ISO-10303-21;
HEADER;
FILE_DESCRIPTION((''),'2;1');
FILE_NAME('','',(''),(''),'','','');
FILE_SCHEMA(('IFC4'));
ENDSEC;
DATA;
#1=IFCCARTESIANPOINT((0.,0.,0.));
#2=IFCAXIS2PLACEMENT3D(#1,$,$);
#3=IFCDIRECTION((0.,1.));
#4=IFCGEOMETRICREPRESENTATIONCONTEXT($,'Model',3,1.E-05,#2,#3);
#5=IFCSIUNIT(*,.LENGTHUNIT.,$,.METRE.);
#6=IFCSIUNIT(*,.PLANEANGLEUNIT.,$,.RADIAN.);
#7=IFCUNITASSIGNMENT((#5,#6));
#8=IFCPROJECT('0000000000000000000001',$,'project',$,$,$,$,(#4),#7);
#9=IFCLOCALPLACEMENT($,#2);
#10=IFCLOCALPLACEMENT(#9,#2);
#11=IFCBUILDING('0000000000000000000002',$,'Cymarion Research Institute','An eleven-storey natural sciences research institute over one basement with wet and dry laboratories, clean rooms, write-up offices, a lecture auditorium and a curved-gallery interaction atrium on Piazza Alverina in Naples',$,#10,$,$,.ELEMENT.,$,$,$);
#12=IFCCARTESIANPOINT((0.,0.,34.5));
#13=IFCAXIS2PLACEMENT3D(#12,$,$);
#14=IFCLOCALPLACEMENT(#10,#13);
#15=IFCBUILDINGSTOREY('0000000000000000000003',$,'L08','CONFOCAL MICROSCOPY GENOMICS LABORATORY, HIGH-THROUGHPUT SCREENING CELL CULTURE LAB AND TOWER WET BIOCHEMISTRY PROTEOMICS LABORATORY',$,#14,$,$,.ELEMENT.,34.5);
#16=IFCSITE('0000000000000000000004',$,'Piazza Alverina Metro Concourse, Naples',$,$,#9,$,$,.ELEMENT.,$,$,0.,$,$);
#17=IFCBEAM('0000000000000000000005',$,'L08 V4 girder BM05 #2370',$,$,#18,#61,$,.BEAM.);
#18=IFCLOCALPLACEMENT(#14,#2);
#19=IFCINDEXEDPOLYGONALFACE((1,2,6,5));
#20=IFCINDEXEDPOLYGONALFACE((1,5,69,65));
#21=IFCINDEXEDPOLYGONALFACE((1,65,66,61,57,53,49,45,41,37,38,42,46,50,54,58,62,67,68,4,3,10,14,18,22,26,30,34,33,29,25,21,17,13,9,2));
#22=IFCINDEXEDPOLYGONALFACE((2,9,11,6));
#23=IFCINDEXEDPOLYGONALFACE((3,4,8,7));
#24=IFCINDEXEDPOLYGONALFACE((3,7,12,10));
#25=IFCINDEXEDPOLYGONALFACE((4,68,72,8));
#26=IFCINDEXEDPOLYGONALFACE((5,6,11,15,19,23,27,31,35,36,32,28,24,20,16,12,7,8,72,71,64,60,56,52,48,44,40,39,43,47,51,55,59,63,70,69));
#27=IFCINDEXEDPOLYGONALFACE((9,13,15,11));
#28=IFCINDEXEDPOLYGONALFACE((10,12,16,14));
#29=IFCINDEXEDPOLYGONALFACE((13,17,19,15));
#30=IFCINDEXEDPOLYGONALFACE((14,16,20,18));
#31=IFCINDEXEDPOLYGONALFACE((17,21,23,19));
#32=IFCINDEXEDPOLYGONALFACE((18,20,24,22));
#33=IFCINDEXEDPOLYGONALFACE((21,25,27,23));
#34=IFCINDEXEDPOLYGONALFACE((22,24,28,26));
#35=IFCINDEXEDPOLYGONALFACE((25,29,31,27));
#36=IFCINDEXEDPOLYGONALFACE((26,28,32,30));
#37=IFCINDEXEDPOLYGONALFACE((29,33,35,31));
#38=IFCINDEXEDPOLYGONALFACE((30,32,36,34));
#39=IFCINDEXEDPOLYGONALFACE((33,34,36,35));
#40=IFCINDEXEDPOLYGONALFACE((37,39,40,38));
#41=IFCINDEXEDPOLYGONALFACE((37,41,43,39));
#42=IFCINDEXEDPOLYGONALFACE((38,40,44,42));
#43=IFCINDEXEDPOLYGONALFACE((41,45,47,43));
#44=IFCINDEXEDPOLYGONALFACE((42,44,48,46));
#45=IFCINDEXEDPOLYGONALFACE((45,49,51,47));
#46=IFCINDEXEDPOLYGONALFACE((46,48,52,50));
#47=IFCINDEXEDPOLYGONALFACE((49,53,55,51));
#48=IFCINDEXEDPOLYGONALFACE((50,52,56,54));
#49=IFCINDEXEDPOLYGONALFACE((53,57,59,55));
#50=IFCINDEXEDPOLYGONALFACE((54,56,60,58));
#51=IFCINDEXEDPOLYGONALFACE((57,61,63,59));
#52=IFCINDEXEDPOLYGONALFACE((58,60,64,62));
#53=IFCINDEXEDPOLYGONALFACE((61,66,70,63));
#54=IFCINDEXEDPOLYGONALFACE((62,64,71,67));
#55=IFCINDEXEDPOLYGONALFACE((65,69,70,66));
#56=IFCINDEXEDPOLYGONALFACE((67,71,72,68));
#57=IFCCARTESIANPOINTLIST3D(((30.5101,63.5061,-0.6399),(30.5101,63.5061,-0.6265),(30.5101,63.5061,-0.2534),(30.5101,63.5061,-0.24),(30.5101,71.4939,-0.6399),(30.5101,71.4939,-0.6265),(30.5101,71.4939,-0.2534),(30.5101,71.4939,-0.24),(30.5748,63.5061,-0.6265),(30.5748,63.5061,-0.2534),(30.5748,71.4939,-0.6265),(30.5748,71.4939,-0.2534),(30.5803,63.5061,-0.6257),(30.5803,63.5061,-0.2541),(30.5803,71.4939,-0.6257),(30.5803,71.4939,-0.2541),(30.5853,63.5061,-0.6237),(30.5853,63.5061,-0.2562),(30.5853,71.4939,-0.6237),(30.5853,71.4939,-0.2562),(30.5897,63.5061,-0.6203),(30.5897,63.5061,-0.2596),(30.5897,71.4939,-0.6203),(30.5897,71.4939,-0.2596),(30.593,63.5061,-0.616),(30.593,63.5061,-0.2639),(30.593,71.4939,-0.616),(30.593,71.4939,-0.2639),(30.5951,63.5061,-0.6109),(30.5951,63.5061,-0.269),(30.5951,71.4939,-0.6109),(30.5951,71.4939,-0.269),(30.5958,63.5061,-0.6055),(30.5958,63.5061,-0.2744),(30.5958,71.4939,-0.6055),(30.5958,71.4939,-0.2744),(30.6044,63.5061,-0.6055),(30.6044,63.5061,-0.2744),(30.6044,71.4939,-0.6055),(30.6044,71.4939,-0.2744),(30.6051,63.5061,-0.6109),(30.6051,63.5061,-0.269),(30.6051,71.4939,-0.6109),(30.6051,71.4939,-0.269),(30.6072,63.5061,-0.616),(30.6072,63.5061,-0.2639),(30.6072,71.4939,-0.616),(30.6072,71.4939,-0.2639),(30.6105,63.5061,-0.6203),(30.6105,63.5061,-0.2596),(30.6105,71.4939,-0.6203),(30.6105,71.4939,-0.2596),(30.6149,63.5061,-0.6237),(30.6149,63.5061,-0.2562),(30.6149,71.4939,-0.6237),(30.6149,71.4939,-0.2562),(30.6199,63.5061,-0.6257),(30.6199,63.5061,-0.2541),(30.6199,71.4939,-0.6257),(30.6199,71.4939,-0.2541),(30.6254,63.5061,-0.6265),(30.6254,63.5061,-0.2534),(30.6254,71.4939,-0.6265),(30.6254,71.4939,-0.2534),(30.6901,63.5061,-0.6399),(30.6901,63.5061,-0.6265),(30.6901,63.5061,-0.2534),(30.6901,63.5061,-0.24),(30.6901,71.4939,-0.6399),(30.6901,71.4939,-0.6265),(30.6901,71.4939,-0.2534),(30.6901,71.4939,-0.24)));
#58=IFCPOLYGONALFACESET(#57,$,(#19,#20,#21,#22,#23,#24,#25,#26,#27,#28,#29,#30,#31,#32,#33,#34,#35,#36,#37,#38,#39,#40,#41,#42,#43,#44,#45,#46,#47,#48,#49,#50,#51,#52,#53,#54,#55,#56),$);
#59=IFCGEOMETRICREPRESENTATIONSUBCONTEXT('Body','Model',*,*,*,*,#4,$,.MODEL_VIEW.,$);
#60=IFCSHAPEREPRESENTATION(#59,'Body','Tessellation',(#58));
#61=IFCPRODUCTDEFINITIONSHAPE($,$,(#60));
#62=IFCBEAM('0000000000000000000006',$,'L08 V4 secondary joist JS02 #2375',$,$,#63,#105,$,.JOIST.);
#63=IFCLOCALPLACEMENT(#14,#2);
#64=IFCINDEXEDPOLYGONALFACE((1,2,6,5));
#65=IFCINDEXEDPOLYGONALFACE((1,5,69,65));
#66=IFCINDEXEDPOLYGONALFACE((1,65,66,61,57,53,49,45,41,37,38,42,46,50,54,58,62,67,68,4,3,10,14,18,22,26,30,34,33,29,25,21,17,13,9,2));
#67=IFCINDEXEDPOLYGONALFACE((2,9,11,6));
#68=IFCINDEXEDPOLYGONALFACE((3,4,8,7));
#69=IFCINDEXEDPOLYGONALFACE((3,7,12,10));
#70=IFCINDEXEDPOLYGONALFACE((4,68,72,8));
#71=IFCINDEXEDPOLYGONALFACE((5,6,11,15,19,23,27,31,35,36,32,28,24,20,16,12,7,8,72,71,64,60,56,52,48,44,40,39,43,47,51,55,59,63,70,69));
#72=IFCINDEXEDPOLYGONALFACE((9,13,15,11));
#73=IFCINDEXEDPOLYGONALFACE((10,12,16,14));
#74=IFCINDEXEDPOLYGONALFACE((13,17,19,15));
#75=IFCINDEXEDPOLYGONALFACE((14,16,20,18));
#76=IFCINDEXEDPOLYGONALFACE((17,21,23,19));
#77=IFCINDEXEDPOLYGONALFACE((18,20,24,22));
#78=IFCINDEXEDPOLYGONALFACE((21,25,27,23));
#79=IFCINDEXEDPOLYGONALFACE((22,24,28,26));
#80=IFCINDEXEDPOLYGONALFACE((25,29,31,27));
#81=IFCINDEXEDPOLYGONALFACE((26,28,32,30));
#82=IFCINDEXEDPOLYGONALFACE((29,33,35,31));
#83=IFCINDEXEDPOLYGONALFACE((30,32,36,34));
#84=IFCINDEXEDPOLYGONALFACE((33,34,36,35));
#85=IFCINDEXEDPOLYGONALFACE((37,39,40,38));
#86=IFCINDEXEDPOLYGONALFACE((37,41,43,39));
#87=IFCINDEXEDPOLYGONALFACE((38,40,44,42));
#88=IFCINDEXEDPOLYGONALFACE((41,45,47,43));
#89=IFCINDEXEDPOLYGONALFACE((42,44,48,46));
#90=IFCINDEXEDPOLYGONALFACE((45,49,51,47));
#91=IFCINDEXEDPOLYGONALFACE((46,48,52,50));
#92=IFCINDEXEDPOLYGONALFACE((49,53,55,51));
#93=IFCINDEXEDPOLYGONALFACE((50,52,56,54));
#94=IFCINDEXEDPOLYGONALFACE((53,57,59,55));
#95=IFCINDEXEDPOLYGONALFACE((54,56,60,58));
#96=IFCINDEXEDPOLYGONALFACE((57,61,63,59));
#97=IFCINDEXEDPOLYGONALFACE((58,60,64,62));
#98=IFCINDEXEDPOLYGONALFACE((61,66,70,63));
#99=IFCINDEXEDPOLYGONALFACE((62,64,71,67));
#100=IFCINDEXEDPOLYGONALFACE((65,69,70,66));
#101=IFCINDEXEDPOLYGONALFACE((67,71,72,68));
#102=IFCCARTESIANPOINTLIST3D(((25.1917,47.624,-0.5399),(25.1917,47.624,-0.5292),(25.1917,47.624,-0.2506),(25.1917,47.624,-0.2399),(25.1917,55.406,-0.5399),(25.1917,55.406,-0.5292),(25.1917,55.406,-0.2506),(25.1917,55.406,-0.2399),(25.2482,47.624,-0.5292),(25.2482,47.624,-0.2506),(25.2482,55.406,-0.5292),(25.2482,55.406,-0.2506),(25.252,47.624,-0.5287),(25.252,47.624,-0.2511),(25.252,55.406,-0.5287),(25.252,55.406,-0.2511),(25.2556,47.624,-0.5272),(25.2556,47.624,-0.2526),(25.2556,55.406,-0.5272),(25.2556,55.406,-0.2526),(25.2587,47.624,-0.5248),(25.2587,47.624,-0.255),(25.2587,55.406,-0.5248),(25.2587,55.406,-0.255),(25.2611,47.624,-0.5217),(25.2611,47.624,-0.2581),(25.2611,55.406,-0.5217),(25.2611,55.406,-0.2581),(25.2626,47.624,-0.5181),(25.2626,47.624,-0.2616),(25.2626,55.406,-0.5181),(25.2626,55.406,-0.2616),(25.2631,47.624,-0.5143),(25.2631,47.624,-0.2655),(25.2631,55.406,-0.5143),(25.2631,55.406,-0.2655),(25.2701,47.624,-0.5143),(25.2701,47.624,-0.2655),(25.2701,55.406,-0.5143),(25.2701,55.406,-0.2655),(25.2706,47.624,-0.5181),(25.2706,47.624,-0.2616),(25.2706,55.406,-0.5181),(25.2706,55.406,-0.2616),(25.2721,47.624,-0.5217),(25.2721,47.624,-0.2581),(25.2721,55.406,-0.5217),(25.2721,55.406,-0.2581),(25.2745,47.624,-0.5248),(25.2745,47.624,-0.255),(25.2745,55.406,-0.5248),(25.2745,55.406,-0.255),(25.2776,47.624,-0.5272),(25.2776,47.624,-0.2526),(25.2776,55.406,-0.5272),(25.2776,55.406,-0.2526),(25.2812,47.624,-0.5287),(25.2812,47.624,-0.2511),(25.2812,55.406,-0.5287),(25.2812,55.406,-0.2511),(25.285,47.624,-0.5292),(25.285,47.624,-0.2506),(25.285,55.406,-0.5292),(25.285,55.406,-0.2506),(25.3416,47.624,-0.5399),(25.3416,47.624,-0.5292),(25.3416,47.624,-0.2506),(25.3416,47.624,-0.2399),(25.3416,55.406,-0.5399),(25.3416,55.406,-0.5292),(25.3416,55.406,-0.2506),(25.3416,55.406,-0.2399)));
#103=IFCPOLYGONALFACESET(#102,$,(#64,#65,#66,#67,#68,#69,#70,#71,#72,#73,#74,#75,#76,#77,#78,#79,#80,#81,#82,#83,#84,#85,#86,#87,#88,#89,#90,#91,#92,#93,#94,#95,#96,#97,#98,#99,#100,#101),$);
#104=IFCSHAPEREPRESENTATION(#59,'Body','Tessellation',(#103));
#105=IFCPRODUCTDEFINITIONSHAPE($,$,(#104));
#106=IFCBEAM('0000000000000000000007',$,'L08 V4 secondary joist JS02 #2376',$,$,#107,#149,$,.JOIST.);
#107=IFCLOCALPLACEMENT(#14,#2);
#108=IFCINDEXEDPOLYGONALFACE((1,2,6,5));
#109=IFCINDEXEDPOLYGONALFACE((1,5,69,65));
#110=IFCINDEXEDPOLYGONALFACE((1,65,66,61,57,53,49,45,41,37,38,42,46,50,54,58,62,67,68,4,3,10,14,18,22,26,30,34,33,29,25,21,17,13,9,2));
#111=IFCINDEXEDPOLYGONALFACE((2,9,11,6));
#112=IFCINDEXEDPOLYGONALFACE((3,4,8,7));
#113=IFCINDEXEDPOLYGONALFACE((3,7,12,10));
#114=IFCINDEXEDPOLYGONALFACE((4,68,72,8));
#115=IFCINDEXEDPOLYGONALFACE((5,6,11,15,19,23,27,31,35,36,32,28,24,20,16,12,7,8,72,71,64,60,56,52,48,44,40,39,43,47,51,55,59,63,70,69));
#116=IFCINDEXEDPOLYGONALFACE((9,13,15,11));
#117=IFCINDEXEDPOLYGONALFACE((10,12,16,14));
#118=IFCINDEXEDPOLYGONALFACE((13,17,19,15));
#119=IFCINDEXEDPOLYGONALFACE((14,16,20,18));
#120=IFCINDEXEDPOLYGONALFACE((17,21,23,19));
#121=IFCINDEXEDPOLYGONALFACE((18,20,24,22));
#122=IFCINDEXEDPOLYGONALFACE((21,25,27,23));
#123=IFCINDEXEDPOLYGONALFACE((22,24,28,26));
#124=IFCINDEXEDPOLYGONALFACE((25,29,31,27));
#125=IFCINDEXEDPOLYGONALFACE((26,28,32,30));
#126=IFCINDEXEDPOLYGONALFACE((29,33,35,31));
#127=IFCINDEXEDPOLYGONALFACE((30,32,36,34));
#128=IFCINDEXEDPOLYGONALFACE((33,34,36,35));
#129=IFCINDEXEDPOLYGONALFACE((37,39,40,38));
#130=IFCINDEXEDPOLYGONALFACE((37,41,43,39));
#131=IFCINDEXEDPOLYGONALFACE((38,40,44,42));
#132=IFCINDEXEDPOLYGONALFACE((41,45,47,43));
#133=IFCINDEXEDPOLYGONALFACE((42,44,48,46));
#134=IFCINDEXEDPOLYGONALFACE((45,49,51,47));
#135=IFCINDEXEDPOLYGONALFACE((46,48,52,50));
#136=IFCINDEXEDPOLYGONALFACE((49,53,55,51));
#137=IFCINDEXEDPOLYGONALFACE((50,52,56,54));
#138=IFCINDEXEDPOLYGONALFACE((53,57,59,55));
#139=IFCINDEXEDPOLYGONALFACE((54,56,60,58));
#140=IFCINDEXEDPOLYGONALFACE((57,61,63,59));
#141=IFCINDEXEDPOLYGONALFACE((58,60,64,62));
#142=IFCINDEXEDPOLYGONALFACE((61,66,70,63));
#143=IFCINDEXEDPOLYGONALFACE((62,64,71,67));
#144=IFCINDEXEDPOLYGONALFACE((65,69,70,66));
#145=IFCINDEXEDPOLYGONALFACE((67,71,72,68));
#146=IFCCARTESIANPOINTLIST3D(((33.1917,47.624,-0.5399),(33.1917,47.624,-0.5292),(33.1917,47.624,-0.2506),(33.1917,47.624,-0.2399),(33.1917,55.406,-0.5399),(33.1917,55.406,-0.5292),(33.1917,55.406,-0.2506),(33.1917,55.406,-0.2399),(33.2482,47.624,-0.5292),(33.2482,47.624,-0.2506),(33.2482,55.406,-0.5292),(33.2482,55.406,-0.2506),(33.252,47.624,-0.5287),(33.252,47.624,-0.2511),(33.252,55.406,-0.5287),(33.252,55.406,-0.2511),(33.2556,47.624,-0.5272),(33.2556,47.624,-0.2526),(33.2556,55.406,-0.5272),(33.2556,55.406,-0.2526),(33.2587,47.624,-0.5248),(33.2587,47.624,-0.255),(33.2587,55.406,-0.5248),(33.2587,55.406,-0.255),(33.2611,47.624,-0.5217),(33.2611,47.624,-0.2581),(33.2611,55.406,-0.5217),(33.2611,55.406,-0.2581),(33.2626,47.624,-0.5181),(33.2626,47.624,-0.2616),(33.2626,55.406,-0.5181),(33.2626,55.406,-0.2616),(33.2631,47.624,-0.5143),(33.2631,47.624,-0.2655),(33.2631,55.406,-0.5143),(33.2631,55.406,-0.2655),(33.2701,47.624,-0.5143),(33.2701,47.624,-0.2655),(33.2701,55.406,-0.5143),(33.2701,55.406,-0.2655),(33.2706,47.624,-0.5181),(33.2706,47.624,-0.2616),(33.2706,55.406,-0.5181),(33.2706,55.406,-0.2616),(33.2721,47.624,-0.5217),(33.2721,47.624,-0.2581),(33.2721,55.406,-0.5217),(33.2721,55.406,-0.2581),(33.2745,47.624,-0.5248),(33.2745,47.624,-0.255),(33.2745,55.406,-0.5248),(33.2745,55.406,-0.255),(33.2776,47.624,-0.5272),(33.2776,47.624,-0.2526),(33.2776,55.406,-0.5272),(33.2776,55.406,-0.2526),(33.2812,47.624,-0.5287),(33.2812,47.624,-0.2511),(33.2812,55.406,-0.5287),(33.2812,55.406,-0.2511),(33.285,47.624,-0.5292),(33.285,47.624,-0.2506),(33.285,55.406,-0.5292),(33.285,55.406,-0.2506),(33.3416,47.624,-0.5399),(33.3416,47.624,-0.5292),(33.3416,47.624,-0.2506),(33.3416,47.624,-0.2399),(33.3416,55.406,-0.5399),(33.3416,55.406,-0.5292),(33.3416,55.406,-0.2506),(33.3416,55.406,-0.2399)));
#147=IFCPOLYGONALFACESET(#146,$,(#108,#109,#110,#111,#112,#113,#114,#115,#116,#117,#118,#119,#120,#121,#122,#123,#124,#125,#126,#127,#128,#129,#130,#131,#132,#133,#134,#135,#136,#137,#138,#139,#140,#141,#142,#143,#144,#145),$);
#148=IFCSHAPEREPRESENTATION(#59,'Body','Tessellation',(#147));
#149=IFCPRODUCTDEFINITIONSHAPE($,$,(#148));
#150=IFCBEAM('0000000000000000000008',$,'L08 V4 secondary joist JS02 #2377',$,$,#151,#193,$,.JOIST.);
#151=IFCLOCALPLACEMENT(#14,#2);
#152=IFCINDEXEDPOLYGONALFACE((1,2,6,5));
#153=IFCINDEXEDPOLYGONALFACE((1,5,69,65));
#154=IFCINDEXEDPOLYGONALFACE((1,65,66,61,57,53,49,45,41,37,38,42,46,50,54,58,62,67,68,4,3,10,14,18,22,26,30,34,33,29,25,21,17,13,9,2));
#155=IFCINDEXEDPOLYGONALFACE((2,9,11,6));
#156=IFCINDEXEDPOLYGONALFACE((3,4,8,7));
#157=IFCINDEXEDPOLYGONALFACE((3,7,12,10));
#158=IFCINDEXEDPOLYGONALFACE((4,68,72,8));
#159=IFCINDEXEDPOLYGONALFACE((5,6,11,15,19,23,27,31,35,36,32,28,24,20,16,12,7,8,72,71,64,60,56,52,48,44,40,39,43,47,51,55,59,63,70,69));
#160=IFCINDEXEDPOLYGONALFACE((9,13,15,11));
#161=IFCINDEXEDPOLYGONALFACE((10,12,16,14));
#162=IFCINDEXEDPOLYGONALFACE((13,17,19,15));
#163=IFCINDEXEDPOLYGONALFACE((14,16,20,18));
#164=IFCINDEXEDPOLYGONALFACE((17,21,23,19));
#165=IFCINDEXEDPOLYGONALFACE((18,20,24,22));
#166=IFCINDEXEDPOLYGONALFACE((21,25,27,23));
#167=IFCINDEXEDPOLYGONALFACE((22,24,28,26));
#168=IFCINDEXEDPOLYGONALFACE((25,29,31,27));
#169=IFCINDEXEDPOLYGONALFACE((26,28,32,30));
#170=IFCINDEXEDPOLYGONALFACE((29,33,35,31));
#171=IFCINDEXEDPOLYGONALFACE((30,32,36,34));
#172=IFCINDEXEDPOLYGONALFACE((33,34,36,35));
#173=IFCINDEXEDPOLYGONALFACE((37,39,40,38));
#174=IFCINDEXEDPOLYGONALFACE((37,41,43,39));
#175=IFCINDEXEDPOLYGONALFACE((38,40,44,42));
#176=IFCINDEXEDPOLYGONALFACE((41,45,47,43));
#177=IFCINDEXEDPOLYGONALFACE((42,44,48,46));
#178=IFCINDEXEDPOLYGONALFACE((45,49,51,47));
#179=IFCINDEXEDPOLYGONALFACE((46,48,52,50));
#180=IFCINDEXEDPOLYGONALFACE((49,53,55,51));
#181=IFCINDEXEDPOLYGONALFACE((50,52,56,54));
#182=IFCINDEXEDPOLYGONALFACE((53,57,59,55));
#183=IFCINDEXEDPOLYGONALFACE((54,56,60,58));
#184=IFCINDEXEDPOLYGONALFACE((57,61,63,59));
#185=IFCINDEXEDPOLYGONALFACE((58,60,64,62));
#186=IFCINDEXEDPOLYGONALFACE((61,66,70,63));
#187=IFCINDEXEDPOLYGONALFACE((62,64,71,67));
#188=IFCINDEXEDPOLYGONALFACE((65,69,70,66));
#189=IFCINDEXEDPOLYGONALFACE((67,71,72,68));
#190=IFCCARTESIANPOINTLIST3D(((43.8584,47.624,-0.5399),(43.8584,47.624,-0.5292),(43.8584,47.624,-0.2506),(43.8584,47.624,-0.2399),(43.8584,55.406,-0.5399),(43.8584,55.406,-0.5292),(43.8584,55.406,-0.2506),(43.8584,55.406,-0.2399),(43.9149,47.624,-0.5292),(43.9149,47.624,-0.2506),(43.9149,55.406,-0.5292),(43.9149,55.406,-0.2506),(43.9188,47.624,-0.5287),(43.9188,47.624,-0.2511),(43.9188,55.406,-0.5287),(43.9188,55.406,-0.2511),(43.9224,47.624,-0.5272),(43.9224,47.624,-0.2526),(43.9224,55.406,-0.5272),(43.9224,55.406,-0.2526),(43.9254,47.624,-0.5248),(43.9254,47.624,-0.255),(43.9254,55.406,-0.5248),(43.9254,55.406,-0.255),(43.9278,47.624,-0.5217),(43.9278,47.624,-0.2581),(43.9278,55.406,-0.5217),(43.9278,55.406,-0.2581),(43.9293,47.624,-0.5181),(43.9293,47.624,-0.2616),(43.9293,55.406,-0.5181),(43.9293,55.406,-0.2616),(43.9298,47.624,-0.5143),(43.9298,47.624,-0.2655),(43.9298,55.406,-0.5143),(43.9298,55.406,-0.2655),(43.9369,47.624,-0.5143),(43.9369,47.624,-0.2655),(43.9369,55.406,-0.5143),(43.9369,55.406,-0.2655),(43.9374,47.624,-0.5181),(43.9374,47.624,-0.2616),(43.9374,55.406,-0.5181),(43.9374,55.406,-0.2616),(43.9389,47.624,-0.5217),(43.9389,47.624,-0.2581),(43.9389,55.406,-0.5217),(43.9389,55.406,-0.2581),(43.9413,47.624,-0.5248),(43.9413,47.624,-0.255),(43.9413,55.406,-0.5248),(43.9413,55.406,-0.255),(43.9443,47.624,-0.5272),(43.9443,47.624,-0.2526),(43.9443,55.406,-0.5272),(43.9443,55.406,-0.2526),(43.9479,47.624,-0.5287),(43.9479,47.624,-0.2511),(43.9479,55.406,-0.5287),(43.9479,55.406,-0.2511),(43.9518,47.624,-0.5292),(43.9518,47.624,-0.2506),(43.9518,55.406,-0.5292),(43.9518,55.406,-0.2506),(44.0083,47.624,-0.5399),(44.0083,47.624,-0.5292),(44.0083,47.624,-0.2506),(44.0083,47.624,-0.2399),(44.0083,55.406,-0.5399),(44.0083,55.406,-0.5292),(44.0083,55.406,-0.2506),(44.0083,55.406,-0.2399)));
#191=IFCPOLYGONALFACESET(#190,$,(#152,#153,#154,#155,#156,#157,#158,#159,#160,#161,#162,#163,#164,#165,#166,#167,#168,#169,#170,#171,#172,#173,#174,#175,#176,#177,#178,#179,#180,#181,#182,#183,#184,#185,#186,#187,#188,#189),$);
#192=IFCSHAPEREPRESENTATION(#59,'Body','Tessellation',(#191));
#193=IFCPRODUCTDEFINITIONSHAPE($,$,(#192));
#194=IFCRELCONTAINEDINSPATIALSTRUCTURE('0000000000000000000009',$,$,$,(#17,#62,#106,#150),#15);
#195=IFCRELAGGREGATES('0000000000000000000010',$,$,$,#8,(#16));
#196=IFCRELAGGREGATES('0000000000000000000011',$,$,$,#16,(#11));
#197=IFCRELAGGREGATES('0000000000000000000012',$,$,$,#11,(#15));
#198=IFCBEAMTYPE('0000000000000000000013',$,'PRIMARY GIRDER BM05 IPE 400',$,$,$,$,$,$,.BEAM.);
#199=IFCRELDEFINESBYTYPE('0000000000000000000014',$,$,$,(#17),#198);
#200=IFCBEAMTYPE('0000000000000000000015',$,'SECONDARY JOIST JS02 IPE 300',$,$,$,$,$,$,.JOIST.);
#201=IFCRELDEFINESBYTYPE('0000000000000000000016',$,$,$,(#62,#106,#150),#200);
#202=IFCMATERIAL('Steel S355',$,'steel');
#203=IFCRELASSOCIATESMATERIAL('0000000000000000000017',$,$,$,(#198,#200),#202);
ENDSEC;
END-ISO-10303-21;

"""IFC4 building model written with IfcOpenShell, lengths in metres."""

from ifc_helpers import new_model, si_unit, direction, frame, origin, origin_2d, place, context, subcontext, project, spatial, i_section, extrude, material, material_profile, profile_set, type_object, element, save


model = new_model("IFC4")

# Units and contexts
model_context = context("Model", 3, precision=1e-05, world=origin(), true_north=direction((0.0, 1.0)))
body_context = subcontext(model_context, "Body", "Model", "MODEL_VIEW")
ifc_project = project(units=[si_unit("LENGTHUNIT", "METRE"), si_unit("PLANEANGLEUNIT", "RADIAN")], contexts=[model_context])

# Site, building, storey
site_placement = place(None, origin())
site = spatial("IfcSite", under=ifc_project, at=site_placement, Name="Piazza Alverina Metro Concourse, Naples", CompositionType="ELEMENT", RefElevation=0.0)
building_placement = place(site_placement, origin())
building = spatial("IfcBuilding", under=site, at=building_placement, Name="Cymarion Research Institute", Description="An eleven-storey natural sciences research institute over one basement with wet and dry laboratories, clean rooms, write-up offices, a lecture auditorium and a curved-gallery interaction atrium on Piazza Alverina in Naples", CompositionType="ELEMENT")
storey_placement = place(building_placement, frame((0.0, 0.0, 34.5)))
storey = spatial("IfcBuildingStorey", under=building, at=storey_placement, Name="L08", Description="CONFOCAL MICROSCOPY GENOMICS LABORATORY, HIGH-THROUGHPUT SCREENING CELL CULTURE LAB AND TOWER WET BIOCHEMISTRY PROTEOMICS LABORATORY", CompositionType="ELEMENT", Elevation=34.5)

# Beams
ifc_material_1 = material(Name="Steel S355", Category="steel")
ifc_material_profile_1 = material_profile(ifc_material_1, i_section(OverallWidth=0.1799, OverallDepth=0.3999, WebThickness=0.0085, FlangeThickness=0.0134, FilletRadius=0.021, at=origin_2d()), Name="IPE 400")
ifc_profile_set_1 = profile_set([ifc_material_profile_1], Name="Steel S355")
beam_type_1 = type_object("IfcBeamType", Name="PRIMARY GIRDER BM05 IPE 400", PredefinedType="BEAM", material=ifc_profile_set_1)
for number, where, z_axis, x_axis, name in (
    (1, (30.6001, 63.5061, -0.4399), (0.0, 1.0, 0.0), (-1.0, 0.0, 0.0), "L08 V4 girder BM05 #2370"),
):
    element("IfcBeam", number, at=place(storey_placement, frame(where, z_axis=z_axis, x_axis=x_axis)), inside=storey, type_object=beam_type_1, Name=name, PredefinedType="BEAM", context=body_context, shape_type="SweptSolid", body=[
        extrude(i_section(OverallWidth=0.1799, OverallDepth=0.3999, WebThickness=0.0085, FlangeThickness=0.0134, FilletRadius=0.021, at=origin_2d()), origin(), (0.0, 0.0, 1.0), 7.9878),
    ])
ifc_material_profile_2 = material_profile(ifc_material_1, i_section(OverallWidth=0.1499, OverallDepth=0.3, WebThickness=0.0071, FlangeThickness=0.0107, FilletRadius=0.0149, at=origin_2d()), Name="IPE 300")
ifc_profile_set_2 = profile_set([ifc_material_profile_2], Name="Steel S355")
beam_type_2 = type_object("IfcBeamType", Name="SECONDARY JOIST JS02 IPE 300", PredefinedType="JOIST", material=ifc_profile_set_2)
for number, where, z_axis, x_axis, name in (
    (2, (25.2666, 47.624, -0.3899), (0.0, 1.0, 0.0), (-1.0, 0.0, 0.0), "L08 V4 secondary joist JS02 #2375"),
    (3, (33.2666, 47.624, -0.3899), (0.0, 1.0, 0.0), (-1.0, 0.0, 0.0), "L08 V4 secondary joist JS02 #2376"),
    (4, (43.9333, 47.624, -0.3899), (0.0, 1.0, 0.0), (-1.0, 0.0, 0.0), "L08 V4 secondary joist JS02 #2377"),
):
    element("IfcBeam", number, at=place(storey_placement, frame(where, z_axis=z_axis, x_axis=x_axis)), inside=storey, type_object=beam_type_2, Name=name, PredefinedType="JOIST", context=body_context, shape_type="SweptSolid", body=[
        extrude(i_section(OverallWidth=0.1499, OverallDepth=0.3, WebThickness=0.0071, FlangeThickness=0.0107, FilletRadius=0.0149, at=origin_2d()), origin(), (0.0, 0.0, 1.0), 7.782),
    ])

save(model, "model.ifc")
